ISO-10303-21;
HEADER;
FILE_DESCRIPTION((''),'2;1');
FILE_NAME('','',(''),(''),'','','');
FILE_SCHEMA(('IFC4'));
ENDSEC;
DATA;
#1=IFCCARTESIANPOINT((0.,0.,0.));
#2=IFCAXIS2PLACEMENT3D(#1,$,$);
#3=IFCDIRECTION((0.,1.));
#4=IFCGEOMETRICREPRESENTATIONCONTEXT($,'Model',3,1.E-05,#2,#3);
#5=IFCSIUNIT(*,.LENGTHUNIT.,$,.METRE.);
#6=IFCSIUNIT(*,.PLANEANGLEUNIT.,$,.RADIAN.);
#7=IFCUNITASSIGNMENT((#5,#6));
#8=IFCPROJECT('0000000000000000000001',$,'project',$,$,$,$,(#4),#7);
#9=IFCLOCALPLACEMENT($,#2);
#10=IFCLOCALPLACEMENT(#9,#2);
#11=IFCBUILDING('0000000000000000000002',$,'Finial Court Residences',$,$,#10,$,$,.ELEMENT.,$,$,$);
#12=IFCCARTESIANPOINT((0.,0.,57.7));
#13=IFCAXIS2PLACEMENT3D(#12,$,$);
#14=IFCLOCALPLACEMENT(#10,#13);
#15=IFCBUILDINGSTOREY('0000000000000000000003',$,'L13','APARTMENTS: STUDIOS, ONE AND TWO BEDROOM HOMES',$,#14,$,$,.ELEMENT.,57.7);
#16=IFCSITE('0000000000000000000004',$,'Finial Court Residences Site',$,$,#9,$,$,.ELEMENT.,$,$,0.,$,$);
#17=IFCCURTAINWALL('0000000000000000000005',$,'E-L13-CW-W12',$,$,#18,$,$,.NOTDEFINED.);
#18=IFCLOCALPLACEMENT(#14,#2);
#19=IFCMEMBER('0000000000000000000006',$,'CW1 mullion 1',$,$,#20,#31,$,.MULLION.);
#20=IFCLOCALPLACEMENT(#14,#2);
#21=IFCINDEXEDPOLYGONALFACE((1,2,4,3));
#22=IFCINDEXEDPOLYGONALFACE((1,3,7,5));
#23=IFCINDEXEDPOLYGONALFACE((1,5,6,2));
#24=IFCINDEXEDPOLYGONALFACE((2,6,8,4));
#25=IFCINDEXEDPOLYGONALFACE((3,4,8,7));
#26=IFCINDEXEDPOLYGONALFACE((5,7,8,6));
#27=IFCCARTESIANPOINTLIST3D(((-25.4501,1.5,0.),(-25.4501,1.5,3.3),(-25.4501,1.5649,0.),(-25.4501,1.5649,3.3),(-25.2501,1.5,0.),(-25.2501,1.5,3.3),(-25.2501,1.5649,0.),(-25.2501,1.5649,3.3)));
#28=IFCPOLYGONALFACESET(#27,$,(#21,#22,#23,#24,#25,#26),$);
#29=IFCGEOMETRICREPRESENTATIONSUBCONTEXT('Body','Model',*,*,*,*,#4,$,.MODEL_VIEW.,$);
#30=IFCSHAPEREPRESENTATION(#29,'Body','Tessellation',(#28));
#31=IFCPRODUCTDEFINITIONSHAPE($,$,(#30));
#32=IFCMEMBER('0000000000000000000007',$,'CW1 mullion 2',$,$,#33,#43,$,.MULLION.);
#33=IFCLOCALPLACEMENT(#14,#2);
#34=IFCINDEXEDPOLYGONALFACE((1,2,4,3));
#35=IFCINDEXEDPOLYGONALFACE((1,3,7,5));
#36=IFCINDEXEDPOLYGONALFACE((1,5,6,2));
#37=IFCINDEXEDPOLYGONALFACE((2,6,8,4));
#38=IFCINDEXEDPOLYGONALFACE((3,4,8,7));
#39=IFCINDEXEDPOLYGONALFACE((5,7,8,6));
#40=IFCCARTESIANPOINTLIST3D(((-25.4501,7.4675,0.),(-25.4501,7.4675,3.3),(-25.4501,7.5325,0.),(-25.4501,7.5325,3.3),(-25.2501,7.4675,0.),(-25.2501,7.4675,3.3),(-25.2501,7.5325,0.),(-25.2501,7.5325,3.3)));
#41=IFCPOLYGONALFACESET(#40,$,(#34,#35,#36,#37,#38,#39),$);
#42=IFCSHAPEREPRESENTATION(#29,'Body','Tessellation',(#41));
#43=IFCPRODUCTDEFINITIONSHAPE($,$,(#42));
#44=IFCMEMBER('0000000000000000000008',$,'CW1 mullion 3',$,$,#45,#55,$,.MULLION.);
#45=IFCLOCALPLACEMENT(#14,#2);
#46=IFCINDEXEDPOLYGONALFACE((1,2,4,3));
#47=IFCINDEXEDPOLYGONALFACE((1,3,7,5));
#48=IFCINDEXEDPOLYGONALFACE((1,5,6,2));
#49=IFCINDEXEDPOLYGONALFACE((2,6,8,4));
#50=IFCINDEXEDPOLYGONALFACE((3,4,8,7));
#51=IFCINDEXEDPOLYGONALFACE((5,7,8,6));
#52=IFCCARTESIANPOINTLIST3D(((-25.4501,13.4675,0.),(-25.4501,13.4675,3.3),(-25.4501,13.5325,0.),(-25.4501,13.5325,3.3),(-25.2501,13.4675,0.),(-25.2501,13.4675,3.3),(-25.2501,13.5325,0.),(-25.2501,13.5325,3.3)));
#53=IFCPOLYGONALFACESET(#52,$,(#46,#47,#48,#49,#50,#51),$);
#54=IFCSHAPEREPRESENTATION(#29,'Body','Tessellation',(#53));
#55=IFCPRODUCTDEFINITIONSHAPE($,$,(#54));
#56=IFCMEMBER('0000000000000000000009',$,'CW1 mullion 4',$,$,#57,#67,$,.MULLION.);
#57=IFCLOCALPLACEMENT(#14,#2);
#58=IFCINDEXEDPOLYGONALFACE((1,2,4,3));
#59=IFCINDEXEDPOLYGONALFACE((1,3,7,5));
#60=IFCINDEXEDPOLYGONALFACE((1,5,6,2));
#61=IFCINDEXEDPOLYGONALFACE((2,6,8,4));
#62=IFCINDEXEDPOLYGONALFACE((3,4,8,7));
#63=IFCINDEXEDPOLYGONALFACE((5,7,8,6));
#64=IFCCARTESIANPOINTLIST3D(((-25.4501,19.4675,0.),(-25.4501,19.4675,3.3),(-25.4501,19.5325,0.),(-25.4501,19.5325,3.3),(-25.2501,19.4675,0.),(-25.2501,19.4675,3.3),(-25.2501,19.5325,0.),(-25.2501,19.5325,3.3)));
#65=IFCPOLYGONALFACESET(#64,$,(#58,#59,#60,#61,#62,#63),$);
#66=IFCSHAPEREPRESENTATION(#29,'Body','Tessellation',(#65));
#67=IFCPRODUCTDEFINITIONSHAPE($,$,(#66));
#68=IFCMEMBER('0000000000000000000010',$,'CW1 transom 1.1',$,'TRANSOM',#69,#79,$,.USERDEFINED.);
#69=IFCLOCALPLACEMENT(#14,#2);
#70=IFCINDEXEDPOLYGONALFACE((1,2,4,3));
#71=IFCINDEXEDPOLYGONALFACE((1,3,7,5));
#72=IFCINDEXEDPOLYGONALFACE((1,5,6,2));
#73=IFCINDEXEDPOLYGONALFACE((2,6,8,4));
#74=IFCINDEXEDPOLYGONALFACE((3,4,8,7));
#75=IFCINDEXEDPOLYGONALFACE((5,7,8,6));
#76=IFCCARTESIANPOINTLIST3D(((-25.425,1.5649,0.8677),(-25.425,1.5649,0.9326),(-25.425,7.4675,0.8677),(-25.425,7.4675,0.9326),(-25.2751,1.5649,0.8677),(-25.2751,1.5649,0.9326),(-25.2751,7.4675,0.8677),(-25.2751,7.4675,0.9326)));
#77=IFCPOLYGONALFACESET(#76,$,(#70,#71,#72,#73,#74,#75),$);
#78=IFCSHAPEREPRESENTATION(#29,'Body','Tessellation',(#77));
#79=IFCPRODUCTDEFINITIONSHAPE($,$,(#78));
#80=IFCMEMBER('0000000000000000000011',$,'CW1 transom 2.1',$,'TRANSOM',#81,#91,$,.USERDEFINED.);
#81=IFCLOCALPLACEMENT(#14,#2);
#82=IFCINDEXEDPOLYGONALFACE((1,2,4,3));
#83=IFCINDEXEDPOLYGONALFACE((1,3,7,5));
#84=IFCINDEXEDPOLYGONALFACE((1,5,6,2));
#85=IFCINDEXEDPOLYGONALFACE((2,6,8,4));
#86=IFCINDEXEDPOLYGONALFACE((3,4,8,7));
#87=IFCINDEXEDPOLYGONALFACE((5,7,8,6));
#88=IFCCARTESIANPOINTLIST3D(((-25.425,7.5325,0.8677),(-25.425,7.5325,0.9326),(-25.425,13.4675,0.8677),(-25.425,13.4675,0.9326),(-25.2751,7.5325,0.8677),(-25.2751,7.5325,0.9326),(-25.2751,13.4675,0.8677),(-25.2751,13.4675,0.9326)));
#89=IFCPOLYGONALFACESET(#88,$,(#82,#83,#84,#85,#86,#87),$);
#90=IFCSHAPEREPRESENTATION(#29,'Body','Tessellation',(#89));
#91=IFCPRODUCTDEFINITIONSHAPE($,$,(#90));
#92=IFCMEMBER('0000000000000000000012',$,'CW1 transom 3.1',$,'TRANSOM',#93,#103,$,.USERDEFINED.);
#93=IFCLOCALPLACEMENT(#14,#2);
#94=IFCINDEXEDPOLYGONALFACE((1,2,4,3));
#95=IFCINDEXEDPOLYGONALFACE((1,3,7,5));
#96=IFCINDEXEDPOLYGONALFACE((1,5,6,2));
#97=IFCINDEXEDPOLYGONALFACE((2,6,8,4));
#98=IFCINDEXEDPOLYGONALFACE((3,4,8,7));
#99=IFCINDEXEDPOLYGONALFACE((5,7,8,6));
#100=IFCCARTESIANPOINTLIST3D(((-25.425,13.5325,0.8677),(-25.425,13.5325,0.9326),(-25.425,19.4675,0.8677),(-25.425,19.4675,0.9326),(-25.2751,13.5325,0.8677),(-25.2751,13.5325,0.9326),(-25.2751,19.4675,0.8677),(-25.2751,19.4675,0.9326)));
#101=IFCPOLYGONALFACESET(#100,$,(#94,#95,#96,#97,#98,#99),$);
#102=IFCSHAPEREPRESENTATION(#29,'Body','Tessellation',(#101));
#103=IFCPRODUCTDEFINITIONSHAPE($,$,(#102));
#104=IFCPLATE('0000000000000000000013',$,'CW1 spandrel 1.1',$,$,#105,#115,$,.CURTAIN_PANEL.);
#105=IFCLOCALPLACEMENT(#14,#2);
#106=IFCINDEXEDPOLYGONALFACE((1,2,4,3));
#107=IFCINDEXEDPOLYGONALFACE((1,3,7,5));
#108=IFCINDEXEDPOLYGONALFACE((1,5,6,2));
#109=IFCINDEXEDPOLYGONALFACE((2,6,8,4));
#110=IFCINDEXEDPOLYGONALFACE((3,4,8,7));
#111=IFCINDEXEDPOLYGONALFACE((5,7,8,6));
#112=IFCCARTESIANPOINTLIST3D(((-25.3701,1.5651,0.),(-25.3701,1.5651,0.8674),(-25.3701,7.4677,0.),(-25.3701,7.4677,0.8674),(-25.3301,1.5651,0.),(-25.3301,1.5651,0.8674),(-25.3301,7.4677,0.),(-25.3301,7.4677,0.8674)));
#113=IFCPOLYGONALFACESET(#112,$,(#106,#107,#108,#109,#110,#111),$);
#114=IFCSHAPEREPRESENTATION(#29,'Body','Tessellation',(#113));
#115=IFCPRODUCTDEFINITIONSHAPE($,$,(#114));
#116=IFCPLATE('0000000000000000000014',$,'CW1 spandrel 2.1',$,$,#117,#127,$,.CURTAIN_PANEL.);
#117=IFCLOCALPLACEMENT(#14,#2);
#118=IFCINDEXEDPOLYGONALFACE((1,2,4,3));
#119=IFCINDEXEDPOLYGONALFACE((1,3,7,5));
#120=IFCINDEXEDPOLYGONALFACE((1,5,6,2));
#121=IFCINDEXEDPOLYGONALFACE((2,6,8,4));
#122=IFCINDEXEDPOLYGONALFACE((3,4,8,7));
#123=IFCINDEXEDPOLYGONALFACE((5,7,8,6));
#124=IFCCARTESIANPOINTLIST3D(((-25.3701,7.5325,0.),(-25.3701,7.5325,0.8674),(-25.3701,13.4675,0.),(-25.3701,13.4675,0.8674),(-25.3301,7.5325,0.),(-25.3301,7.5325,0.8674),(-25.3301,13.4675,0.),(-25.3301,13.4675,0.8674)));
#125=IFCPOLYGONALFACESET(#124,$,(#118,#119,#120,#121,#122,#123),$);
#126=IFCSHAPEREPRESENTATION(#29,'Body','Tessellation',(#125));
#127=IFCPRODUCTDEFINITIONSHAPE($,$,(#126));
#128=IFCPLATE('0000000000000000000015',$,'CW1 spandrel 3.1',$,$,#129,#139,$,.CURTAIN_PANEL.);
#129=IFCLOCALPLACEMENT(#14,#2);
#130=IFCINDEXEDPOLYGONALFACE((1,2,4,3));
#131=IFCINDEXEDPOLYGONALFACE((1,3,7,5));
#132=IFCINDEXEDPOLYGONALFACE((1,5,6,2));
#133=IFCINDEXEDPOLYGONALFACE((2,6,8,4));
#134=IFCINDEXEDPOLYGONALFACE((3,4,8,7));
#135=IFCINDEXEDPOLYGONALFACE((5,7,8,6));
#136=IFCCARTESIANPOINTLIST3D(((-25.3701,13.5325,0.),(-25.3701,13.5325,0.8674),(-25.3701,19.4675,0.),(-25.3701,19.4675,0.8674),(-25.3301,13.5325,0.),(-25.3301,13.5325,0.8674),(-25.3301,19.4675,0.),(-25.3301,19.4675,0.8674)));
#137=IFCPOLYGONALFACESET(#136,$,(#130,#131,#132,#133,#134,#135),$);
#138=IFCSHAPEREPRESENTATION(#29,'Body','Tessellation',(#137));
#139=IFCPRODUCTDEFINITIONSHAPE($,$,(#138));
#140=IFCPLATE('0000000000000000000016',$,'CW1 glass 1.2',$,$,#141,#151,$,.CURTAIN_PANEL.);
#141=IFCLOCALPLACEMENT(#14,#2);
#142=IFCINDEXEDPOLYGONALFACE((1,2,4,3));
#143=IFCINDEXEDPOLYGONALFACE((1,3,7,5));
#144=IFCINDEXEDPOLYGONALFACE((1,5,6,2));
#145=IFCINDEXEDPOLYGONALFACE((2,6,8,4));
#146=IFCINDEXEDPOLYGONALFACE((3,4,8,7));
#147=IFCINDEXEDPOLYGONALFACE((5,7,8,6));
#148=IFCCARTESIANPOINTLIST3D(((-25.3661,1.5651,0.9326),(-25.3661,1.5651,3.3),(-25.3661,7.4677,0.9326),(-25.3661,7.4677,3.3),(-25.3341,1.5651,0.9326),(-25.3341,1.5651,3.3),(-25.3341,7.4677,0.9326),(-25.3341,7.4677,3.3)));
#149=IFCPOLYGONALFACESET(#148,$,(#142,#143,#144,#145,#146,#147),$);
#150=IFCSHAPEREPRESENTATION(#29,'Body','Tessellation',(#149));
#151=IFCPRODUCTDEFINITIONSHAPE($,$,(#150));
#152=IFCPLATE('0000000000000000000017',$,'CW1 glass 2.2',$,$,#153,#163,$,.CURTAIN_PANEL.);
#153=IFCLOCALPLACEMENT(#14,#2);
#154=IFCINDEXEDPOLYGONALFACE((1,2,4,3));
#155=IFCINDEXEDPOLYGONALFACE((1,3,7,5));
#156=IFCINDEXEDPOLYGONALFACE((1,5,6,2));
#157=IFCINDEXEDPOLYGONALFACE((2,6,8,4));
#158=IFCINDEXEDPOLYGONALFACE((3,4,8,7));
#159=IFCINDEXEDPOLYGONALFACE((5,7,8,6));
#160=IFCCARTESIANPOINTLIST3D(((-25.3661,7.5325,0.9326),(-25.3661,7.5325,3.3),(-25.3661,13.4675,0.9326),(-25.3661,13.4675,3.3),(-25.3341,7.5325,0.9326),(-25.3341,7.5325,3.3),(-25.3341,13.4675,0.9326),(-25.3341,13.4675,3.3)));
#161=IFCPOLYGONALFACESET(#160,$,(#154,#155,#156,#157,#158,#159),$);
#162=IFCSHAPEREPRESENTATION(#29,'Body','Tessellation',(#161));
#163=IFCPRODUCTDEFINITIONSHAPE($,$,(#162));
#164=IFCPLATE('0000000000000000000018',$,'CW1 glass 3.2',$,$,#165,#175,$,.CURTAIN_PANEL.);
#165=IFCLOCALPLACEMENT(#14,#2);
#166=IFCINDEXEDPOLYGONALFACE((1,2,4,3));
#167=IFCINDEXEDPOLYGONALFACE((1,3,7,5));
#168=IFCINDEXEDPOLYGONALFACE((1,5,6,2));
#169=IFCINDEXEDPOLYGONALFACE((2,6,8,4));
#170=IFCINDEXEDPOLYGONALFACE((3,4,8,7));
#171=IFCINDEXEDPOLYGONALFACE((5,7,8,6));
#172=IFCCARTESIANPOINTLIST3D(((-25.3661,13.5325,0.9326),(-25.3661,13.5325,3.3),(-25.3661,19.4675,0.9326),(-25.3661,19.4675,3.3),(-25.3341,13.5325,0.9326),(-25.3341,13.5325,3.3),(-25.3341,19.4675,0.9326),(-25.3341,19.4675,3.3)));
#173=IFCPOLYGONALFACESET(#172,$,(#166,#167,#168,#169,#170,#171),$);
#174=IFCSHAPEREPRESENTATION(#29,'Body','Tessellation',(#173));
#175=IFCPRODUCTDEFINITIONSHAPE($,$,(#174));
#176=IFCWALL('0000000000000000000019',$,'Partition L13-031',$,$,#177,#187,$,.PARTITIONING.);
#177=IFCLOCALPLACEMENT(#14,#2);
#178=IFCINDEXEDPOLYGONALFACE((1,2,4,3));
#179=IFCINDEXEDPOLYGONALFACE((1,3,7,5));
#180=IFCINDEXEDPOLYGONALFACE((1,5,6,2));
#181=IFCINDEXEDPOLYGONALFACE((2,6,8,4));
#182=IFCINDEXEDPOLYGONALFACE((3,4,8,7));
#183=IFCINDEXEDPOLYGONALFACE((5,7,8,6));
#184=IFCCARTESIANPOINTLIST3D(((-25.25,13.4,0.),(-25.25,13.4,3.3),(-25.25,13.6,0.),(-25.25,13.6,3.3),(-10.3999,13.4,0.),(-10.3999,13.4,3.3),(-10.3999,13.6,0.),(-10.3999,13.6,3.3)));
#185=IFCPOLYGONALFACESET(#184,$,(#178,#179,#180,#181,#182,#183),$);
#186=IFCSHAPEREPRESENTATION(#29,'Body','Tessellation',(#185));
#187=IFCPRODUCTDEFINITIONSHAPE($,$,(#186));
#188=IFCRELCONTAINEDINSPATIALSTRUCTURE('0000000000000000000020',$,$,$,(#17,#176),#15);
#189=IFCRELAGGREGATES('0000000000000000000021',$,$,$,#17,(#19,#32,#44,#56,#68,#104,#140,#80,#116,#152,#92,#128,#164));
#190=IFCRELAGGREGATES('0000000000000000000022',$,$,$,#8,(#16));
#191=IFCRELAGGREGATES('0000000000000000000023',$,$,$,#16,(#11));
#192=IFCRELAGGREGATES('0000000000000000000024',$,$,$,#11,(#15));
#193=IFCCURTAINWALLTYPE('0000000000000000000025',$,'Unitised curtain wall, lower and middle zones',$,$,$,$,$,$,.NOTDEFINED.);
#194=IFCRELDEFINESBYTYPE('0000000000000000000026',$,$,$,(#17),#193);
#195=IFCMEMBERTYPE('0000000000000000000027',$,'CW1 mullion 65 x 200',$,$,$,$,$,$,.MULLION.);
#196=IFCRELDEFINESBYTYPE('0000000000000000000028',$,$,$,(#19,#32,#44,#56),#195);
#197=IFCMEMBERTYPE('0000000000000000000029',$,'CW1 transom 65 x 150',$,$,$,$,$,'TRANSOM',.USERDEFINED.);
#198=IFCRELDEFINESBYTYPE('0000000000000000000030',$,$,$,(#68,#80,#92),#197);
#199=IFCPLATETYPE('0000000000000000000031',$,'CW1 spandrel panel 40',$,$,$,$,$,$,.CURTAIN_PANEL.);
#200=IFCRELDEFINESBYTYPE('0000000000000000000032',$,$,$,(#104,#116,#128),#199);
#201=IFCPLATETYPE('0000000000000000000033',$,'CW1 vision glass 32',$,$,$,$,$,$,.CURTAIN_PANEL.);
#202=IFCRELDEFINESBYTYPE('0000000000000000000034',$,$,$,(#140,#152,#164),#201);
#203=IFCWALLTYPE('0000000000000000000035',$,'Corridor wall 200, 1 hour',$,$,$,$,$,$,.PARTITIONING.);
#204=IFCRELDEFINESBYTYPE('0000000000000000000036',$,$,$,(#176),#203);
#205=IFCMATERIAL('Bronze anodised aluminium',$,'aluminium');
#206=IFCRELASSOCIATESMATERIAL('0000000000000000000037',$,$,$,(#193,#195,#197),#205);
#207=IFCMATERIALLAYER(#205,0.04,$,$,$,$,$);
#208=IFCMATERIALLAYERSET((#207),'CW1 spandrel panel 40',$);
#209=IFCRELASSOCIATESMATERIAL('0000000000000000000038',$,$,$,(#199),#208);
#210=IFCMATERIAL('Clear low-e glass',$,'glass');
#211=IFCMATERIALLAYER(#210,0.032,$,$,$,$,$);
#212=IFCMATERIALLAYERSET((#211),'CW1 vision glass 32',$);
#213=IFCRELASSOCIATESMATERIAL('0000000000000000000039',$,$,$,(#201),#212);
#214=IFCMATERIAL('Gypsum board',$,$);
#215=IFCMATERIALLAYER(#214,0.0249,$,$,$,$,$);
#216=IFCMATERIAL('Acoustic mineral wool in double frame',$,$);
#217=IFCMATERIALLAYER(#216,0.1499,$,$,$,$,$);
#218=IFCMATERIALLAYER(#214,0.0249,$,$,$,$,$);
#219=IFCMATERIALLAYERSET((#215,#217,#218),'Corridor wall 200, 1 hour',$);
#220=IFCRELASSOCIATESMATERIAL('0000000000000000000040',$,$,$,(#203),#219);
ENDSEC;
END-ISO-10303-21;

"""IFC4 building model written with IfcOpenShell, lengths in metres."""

from ifc_helpers import new_model, si_unit, direction, frame, frame_2d, origin, origin_2d, place, context, subcontext, project, spatial, rectangle, extrude, material, layer, layer_set, material_profile, profile_set, type_object, element, aggregate, save


model = new_model("IFC4")

# Units and contexts
model_context = context("Model", 3, precision=1e-05, world=origin(), true_north=direction((0.0, 1.0)))
body_context = subcontext(model_context, "Body", "Model", "MODEL_VIEW")
ifc_project = project(units=[si_unit("LENGTHUNIT", "METRE"), si_unit("PLANEANGLEUNIT", "RADIAN")], contexts=[model_context])

# Site, building, storey
site_placement = place(None, origin())
site = spatial("IfcSite", under=ifc_project, at=site_placement, Name="Finial Court Residences Site", CompositionType="ELEMENT", RefElevation=0.0)
building_placement = place(site_placement, origin())
building = spatial("IfcBuilding", under=site, at=building_placement, Name="Finial Court Residences", CompositionType="ELEMENT")
storey_placement = place(building_placement, frame((0.0, 0.0, 57.7)))
storey = spatial("IfcBuildingStorey", under=building, at=storey_placement, Name="L13", Description="APARTMENTS: STUDIOS, ONE AND TWO BEDROOM HOMES", CompositionType="ELEMENT", Elevation=57.7)

# Curtain wall, members, plates
ifc_material_1 = material(Name="Bronze anodised aluminium", Category="aluminium")
curtain_wall_type = type_object("IfcCurtainWallType", Name="Unitised curtain wall, lower and middle zones", PredefinedType="NOTDEFINED", material=ifc_material_1)
curtain_wall_placement = place(storey_placement, origin())
curtain_wall = element("IfcCurtainWall", 1, at=curtain_wall_placement, inside=storey, type_object=curtain_wall_type, Name="E-L13-CW-W12", PredefinedType="NOTDEFINED")
ifc_material_profile_1 = material_profile(ifc_material_1, rectangle(XDim=0.2, YDim=0.0649, at=origin_2d()), Name="CW1 mullion 65 x 200")
ifc_profile_set_1 = profile_set([ifc_material_profile_1], Name="Bronze anodised aluminium")
member_type_1 = type_object("IfcMemberType", Name="CW1 mullion 65 x 200", PredefinedType="MULLION", material=ifc_profile_set_1)
member_1_placement = place(storey_placement, frame((-25.3501, 1.5325, 0.0), z_axis=(0.0, 0.0, 1.0), x_axis=(-1.0, 0.0, 0.0)))
member_1 = element("IfcMember", 2, at=member_1_placement, type_object=member_type_1, Name="CW1 mullion 1", PredefinedType="MULLION", context=body_context, shape_type="SweptSolid", body=[
    extrude(rectangle(XDim=0.2, YDim=0.0649, at=origin_2d()), origin(), (0.0, 0.0, 1.0), 3.3),
])
member_2_placement = place(storey_placement, frame((-25.3501, 7.5, 0.0), z_axis=(0.0, 0.0, 1.0), x_axis=(-1.0, 0.0, 0.0)))
member_2 = element("IfcMember", 3, at=member_2_placement, type_object=member_type_1, Name="CW1 mullion 2", PredefinedType="MULLION", context=body_context, shape_type="SweptSolid", body=[
    extrude(rectangle(XDim=0.2, YDim=0.0649, at=origin_2d()), origin(), (0.0, 0.0, 1.0), 3.3),
])
member_3_placement = place(storey_placement, frame((-25.3501, 13.5, 0.0), z_axis=(0.0, 0.0, 1.0), x_axis=(-1.0, 0.0, 0.0)))
member_3 = element("IfcMember", 4, at=member_3_placement, type_object=member_type_1, Name="CW1 mullion 3", PredefinedType="MULLION", context=body_context, shape_type="SweptSolid", body=[
    extrude(rectangle(XDim=0.2, YDim=0.0649, at=origin_2d()), origin(), (0.0, 0.0, 1.0), 3.3),
])
member_4_placement = place(storey_placement, frame((-25.3501, 19.5, 0.0), z_axis=(0.0, 0.0, 1.0), x_axis=(-1.0, 0.0, 0.0)))
member_4 = element("IfcMember", 5, at=member_4_placement, type_object=member_type_1, Name="CW1 mullion 4", PredefinedType="MULLION", context=body_context, shape_type="SweptSolid", body=[
    extrude(rectangle(XDim=0.2, YDim=0.0649, at=origin_2d()), origin(), (0.0, 0.0, 1.0), 3.3),
])
ifc_material_profile_2 = material_profile(ifc_material_1, rectangle(XDim=0.1499, YDim=0.0649, at=origin_2d()), Name="CW1 transom 65 x 150")
ifc_profile_set_2 = profile_set([ifc_material_profile_2], Name="Bronze anodised aluminium")
member_type_2 = type_object("IfcMemberType", Name="CW1 transom 65 x 150", ElementType="TRANSOM", PredefinedType="USERDEFINED", material=ifc_profile_set_2)
member_5_placement = place(storey_placement, frame((-25.3501, 1.5649, 0.9001), z_axis=(0.0, 1.0, 0.0), x_axis=(-1.0, 0.0, 0.0)))
member_5 = element("IfcMember", 6, at=member_5_placement, type_object=member_type_2, Name="CW1 transom 1.1", ObjectType="TRANSOM", PredefinedType="USERDEFINED", context=body_context, shape_type="SweptSolid", body=[
    extrude(rectangle(XDim=0.1499, YDim=0.0649, at=origin_2d()), origin(), (0.0, 0.0, 1.0), 5.9026),
])
member_6_placement = place(storey_placement, frame((-25.3501, 7.5325, 0.9001), z_axis=(0.0, 1.0, 0.0), x_axis=(-1.0, 0.0, 0.0)))
member_6 = element("IfcMember", 7, at=member_6_placement, type_object=member_type_2, Name="CW1 transom 2.1", ObjectType="TRANSOM", PredefinedType="USERDEFINED", context=body_context, shape_type="SweptSolid", body=[
    extrude(rectangle(XDim=0.1499, YDim=0.0649, at=origin_2d()), origin(), (0.0, 0.0, 1.0), 5.9351),
])
member_7_placement = place(storey_placement, frame((-25.3501, 13.5325, 0.9001), z_axis=(0.0, 1.0, 0.0), x_axis=(-1.0, 0.0, 0.0)))
member_7 = element("IfcMember", 8, at=member_7_placement, type_object=member_type_2, Name="CW1 transom 3.1", ObjectType="TRANSOM", PredefinedType="USERDEFINED", context=body_context, shape_type="SweptSolid", body=[
    extrude(rectangle(XDim=0.1499, YDim=0.0649, at=origin_2d()), origin(), (0.0, 0.0, 1.0), 5.9351),
])
ifc_layer_1 = layer(ifc_material_1, 0.04)
ifc_layer_set_1 = layer_set([ifc_layer_1], Name="CW1 spandrel panel 40")
plate_type_1 = type_object("IfcPlateType", Name="CW1 spandrel panel 40", PredefinedType="CURTAIN_PANEL", material=ifc_layer_set_1)
plate_1_placement = place(storey_placement, frame((-25.3501, 4.5164, 0.0), z_axis=(0.0, 0.0, 1.0), x_axis=(0.0, 1.0, 0.0)))
plate_1 = element("IfcPlate", 9, at=plate_1_placement, type_object=plate_type_1, Name="CW1 spandrel 1.1", PredefinedType="CURTAIN_PANEL", context=body_context, shape_type="SweptSolid", body=[
    extrude(rectangle(XDim=5.9026, YDim=0.04, at=origin_2d()), origin(), (0.0, 0.0, 1.0), 0.8674),
])
plate_2_placement = place(storey_placement, frame((-25.3501, 10.5, 0.0), z_axis=(0.0, 0.0, 1.0), x_axis=(0.0, 1.0, 0.0)))
plate_2 = element("IfcPlate", 10, at=plate_2_placement, type_object=plate_type_1, Name="CW1 spandrel 2.1", PredefinedType="CURTAIN_PANEL", context=body_context, shape_type="SweptSolid", body=[
    extrude(rectangle(XDim=5.9351, YDim=0.04, at=origin_2d()), origin(), (0.0, 0.0, 1.0), 0.8674),
])
plate_3_placement = place(storey_placement, frame((-25.3501, 16.5, 0.0), z_axis=(0.0, 0.0, 1.0), x_axis=(0.0, 1.0, 0.0)))
plate_3 = element("IfcPlate", 11, at=plate_3_placement, type_object=plate_type_1, Name="CW1 spandrel 3.1", PredefinedType="CURTAIN_PANEL", context=body_context, shape_type="SweptSolid", body=[
    extrude(rectangle(XDim=5.9351, YDim=0.04, at=origin_2d()), origin(), (0.0, 0.0, 1.0), 0.8674),
])
ifc_material_2 = material(Name="Clear low-e glass", Category="glass")
ifc_layer_2 = layer(ifc_material_2, 0.032)
ifc_layer_set_2 = layer_set([ifc_layer_2], Name="CW1 vision glass 32")
plate_type_2 = type_object("IfcPlateType", Name="CW1 vision glass 32", PredefinedType="CURTAIN_PANEL", material=ifc_layer_set_2)
plate_4_placement = place(storey_placement, frame((-25.3501, 4.5164, 0.9326), z_axis=(0.0, 0.0, 1.0), x_axis=(0.0, 1.0, 0.0)))
plate_4 = element("IfcPlate", 12, at=plate_4_placement, type_object=plate_type_2, Name="CW1 glass 1.2", PredefinedType="CURTAIN_PANEL", context=body_context, shape_type="SweptSolid", body=[
    extrude(rectangle(XDim=5.9026, YDim=0.032, at=origin_2d()), origin(), (0.0, 0.0, 1.0), 2.3674),
])
plate_5_placement = place(storey_placement, frame((-25.3501, 10.5, 0.9326), z_axis=(0.0, 0.0, 1.0), x_axis=(0.0, 1.0, 0.0)))
plate_5 = element("IfcPlate", 13, at=plate_5_placement, type_object=plate_type_2, Name="CW1 glass 2.2", PredefinedType="CURTAIN_PANEL", context=body_context, shape_type="SweptSolid", body=[
    extrude(rectangle(XDim=5.9351, YDim=0.032, at=origin_2d()), origin(), (0.0, 0.0, 1.0), 2.3674),
])
plate_6_placement = place(storey_placement, frame((-25.3501, 16.5, 0.9326), z_axis=(0.0, 0.0, 1.0), x_axis=(0.0, 1.0, 0.0)))
plate_6 = element("IfcPlate", 14, at=plate_6_placement, type_object=plate_type_2, Name="CW1 glass 3.2", PredefinedType="CURTAIN_PANEL", context=body_context, shape_type="SweptSolid", body=[
    extrude(rectangle(XDim=5.9351, YDim=0.032, at=origin_2d()), origin(), (0.0, 0.0, 1.0), 2.3674),
])
aggregate(curtain_wall, [member_1, member_2, member_3, member_4, member_5, plate_1, plate_4, member_6, plate_2, plate_5, member_7, plate_3, plate_6])

# Wall
ifc_material_3 = material(Name="Gypsum board")
ifc_layer_3 = layer(ifc_material_3, 0.0249)
ifc_material_4 = material(Name="Acoustic mineral wool in double frame")
ifc_layer_4 = layer(ifc_material_4, 0.1499)
ifc_layer_5 = layer(ifc_material_3, 0.0249)
ifc_layer_set_3 = layer_set([ifc_layer_3, ifc_layer_4, ifc_layer_5], Name="Corridor wall 200, 1 hour")
wall_type_1 = type_object("IfcWallType", Name="Corridor wall 200, 1 hour", PredefinedType="PARTITIONING", material=ifc_layer_set_3)
wall_1_placement = place(storey_placement, frame((-25.25, 13.5, 0.0), z_axis=(0.0, 0.0, 1.0), x_axis=(1.0, 0.0, 0.0)))
element("IfcWall", 15, at=wall_1_placement, inside=storey, type_object=wall_type_1, Name="Partition L13-031", PredefinedType="PARTITIONING", context=body_context, shape_type="SweptSolid", body=[
    extrude(rectangle(XDim=14.8501, YDim=0.2, at=frame_2d((7.425, 0.0))), origin(), (0.0, 0.0, 1.0), 3.3),
])

save(model, "model.ifc")
